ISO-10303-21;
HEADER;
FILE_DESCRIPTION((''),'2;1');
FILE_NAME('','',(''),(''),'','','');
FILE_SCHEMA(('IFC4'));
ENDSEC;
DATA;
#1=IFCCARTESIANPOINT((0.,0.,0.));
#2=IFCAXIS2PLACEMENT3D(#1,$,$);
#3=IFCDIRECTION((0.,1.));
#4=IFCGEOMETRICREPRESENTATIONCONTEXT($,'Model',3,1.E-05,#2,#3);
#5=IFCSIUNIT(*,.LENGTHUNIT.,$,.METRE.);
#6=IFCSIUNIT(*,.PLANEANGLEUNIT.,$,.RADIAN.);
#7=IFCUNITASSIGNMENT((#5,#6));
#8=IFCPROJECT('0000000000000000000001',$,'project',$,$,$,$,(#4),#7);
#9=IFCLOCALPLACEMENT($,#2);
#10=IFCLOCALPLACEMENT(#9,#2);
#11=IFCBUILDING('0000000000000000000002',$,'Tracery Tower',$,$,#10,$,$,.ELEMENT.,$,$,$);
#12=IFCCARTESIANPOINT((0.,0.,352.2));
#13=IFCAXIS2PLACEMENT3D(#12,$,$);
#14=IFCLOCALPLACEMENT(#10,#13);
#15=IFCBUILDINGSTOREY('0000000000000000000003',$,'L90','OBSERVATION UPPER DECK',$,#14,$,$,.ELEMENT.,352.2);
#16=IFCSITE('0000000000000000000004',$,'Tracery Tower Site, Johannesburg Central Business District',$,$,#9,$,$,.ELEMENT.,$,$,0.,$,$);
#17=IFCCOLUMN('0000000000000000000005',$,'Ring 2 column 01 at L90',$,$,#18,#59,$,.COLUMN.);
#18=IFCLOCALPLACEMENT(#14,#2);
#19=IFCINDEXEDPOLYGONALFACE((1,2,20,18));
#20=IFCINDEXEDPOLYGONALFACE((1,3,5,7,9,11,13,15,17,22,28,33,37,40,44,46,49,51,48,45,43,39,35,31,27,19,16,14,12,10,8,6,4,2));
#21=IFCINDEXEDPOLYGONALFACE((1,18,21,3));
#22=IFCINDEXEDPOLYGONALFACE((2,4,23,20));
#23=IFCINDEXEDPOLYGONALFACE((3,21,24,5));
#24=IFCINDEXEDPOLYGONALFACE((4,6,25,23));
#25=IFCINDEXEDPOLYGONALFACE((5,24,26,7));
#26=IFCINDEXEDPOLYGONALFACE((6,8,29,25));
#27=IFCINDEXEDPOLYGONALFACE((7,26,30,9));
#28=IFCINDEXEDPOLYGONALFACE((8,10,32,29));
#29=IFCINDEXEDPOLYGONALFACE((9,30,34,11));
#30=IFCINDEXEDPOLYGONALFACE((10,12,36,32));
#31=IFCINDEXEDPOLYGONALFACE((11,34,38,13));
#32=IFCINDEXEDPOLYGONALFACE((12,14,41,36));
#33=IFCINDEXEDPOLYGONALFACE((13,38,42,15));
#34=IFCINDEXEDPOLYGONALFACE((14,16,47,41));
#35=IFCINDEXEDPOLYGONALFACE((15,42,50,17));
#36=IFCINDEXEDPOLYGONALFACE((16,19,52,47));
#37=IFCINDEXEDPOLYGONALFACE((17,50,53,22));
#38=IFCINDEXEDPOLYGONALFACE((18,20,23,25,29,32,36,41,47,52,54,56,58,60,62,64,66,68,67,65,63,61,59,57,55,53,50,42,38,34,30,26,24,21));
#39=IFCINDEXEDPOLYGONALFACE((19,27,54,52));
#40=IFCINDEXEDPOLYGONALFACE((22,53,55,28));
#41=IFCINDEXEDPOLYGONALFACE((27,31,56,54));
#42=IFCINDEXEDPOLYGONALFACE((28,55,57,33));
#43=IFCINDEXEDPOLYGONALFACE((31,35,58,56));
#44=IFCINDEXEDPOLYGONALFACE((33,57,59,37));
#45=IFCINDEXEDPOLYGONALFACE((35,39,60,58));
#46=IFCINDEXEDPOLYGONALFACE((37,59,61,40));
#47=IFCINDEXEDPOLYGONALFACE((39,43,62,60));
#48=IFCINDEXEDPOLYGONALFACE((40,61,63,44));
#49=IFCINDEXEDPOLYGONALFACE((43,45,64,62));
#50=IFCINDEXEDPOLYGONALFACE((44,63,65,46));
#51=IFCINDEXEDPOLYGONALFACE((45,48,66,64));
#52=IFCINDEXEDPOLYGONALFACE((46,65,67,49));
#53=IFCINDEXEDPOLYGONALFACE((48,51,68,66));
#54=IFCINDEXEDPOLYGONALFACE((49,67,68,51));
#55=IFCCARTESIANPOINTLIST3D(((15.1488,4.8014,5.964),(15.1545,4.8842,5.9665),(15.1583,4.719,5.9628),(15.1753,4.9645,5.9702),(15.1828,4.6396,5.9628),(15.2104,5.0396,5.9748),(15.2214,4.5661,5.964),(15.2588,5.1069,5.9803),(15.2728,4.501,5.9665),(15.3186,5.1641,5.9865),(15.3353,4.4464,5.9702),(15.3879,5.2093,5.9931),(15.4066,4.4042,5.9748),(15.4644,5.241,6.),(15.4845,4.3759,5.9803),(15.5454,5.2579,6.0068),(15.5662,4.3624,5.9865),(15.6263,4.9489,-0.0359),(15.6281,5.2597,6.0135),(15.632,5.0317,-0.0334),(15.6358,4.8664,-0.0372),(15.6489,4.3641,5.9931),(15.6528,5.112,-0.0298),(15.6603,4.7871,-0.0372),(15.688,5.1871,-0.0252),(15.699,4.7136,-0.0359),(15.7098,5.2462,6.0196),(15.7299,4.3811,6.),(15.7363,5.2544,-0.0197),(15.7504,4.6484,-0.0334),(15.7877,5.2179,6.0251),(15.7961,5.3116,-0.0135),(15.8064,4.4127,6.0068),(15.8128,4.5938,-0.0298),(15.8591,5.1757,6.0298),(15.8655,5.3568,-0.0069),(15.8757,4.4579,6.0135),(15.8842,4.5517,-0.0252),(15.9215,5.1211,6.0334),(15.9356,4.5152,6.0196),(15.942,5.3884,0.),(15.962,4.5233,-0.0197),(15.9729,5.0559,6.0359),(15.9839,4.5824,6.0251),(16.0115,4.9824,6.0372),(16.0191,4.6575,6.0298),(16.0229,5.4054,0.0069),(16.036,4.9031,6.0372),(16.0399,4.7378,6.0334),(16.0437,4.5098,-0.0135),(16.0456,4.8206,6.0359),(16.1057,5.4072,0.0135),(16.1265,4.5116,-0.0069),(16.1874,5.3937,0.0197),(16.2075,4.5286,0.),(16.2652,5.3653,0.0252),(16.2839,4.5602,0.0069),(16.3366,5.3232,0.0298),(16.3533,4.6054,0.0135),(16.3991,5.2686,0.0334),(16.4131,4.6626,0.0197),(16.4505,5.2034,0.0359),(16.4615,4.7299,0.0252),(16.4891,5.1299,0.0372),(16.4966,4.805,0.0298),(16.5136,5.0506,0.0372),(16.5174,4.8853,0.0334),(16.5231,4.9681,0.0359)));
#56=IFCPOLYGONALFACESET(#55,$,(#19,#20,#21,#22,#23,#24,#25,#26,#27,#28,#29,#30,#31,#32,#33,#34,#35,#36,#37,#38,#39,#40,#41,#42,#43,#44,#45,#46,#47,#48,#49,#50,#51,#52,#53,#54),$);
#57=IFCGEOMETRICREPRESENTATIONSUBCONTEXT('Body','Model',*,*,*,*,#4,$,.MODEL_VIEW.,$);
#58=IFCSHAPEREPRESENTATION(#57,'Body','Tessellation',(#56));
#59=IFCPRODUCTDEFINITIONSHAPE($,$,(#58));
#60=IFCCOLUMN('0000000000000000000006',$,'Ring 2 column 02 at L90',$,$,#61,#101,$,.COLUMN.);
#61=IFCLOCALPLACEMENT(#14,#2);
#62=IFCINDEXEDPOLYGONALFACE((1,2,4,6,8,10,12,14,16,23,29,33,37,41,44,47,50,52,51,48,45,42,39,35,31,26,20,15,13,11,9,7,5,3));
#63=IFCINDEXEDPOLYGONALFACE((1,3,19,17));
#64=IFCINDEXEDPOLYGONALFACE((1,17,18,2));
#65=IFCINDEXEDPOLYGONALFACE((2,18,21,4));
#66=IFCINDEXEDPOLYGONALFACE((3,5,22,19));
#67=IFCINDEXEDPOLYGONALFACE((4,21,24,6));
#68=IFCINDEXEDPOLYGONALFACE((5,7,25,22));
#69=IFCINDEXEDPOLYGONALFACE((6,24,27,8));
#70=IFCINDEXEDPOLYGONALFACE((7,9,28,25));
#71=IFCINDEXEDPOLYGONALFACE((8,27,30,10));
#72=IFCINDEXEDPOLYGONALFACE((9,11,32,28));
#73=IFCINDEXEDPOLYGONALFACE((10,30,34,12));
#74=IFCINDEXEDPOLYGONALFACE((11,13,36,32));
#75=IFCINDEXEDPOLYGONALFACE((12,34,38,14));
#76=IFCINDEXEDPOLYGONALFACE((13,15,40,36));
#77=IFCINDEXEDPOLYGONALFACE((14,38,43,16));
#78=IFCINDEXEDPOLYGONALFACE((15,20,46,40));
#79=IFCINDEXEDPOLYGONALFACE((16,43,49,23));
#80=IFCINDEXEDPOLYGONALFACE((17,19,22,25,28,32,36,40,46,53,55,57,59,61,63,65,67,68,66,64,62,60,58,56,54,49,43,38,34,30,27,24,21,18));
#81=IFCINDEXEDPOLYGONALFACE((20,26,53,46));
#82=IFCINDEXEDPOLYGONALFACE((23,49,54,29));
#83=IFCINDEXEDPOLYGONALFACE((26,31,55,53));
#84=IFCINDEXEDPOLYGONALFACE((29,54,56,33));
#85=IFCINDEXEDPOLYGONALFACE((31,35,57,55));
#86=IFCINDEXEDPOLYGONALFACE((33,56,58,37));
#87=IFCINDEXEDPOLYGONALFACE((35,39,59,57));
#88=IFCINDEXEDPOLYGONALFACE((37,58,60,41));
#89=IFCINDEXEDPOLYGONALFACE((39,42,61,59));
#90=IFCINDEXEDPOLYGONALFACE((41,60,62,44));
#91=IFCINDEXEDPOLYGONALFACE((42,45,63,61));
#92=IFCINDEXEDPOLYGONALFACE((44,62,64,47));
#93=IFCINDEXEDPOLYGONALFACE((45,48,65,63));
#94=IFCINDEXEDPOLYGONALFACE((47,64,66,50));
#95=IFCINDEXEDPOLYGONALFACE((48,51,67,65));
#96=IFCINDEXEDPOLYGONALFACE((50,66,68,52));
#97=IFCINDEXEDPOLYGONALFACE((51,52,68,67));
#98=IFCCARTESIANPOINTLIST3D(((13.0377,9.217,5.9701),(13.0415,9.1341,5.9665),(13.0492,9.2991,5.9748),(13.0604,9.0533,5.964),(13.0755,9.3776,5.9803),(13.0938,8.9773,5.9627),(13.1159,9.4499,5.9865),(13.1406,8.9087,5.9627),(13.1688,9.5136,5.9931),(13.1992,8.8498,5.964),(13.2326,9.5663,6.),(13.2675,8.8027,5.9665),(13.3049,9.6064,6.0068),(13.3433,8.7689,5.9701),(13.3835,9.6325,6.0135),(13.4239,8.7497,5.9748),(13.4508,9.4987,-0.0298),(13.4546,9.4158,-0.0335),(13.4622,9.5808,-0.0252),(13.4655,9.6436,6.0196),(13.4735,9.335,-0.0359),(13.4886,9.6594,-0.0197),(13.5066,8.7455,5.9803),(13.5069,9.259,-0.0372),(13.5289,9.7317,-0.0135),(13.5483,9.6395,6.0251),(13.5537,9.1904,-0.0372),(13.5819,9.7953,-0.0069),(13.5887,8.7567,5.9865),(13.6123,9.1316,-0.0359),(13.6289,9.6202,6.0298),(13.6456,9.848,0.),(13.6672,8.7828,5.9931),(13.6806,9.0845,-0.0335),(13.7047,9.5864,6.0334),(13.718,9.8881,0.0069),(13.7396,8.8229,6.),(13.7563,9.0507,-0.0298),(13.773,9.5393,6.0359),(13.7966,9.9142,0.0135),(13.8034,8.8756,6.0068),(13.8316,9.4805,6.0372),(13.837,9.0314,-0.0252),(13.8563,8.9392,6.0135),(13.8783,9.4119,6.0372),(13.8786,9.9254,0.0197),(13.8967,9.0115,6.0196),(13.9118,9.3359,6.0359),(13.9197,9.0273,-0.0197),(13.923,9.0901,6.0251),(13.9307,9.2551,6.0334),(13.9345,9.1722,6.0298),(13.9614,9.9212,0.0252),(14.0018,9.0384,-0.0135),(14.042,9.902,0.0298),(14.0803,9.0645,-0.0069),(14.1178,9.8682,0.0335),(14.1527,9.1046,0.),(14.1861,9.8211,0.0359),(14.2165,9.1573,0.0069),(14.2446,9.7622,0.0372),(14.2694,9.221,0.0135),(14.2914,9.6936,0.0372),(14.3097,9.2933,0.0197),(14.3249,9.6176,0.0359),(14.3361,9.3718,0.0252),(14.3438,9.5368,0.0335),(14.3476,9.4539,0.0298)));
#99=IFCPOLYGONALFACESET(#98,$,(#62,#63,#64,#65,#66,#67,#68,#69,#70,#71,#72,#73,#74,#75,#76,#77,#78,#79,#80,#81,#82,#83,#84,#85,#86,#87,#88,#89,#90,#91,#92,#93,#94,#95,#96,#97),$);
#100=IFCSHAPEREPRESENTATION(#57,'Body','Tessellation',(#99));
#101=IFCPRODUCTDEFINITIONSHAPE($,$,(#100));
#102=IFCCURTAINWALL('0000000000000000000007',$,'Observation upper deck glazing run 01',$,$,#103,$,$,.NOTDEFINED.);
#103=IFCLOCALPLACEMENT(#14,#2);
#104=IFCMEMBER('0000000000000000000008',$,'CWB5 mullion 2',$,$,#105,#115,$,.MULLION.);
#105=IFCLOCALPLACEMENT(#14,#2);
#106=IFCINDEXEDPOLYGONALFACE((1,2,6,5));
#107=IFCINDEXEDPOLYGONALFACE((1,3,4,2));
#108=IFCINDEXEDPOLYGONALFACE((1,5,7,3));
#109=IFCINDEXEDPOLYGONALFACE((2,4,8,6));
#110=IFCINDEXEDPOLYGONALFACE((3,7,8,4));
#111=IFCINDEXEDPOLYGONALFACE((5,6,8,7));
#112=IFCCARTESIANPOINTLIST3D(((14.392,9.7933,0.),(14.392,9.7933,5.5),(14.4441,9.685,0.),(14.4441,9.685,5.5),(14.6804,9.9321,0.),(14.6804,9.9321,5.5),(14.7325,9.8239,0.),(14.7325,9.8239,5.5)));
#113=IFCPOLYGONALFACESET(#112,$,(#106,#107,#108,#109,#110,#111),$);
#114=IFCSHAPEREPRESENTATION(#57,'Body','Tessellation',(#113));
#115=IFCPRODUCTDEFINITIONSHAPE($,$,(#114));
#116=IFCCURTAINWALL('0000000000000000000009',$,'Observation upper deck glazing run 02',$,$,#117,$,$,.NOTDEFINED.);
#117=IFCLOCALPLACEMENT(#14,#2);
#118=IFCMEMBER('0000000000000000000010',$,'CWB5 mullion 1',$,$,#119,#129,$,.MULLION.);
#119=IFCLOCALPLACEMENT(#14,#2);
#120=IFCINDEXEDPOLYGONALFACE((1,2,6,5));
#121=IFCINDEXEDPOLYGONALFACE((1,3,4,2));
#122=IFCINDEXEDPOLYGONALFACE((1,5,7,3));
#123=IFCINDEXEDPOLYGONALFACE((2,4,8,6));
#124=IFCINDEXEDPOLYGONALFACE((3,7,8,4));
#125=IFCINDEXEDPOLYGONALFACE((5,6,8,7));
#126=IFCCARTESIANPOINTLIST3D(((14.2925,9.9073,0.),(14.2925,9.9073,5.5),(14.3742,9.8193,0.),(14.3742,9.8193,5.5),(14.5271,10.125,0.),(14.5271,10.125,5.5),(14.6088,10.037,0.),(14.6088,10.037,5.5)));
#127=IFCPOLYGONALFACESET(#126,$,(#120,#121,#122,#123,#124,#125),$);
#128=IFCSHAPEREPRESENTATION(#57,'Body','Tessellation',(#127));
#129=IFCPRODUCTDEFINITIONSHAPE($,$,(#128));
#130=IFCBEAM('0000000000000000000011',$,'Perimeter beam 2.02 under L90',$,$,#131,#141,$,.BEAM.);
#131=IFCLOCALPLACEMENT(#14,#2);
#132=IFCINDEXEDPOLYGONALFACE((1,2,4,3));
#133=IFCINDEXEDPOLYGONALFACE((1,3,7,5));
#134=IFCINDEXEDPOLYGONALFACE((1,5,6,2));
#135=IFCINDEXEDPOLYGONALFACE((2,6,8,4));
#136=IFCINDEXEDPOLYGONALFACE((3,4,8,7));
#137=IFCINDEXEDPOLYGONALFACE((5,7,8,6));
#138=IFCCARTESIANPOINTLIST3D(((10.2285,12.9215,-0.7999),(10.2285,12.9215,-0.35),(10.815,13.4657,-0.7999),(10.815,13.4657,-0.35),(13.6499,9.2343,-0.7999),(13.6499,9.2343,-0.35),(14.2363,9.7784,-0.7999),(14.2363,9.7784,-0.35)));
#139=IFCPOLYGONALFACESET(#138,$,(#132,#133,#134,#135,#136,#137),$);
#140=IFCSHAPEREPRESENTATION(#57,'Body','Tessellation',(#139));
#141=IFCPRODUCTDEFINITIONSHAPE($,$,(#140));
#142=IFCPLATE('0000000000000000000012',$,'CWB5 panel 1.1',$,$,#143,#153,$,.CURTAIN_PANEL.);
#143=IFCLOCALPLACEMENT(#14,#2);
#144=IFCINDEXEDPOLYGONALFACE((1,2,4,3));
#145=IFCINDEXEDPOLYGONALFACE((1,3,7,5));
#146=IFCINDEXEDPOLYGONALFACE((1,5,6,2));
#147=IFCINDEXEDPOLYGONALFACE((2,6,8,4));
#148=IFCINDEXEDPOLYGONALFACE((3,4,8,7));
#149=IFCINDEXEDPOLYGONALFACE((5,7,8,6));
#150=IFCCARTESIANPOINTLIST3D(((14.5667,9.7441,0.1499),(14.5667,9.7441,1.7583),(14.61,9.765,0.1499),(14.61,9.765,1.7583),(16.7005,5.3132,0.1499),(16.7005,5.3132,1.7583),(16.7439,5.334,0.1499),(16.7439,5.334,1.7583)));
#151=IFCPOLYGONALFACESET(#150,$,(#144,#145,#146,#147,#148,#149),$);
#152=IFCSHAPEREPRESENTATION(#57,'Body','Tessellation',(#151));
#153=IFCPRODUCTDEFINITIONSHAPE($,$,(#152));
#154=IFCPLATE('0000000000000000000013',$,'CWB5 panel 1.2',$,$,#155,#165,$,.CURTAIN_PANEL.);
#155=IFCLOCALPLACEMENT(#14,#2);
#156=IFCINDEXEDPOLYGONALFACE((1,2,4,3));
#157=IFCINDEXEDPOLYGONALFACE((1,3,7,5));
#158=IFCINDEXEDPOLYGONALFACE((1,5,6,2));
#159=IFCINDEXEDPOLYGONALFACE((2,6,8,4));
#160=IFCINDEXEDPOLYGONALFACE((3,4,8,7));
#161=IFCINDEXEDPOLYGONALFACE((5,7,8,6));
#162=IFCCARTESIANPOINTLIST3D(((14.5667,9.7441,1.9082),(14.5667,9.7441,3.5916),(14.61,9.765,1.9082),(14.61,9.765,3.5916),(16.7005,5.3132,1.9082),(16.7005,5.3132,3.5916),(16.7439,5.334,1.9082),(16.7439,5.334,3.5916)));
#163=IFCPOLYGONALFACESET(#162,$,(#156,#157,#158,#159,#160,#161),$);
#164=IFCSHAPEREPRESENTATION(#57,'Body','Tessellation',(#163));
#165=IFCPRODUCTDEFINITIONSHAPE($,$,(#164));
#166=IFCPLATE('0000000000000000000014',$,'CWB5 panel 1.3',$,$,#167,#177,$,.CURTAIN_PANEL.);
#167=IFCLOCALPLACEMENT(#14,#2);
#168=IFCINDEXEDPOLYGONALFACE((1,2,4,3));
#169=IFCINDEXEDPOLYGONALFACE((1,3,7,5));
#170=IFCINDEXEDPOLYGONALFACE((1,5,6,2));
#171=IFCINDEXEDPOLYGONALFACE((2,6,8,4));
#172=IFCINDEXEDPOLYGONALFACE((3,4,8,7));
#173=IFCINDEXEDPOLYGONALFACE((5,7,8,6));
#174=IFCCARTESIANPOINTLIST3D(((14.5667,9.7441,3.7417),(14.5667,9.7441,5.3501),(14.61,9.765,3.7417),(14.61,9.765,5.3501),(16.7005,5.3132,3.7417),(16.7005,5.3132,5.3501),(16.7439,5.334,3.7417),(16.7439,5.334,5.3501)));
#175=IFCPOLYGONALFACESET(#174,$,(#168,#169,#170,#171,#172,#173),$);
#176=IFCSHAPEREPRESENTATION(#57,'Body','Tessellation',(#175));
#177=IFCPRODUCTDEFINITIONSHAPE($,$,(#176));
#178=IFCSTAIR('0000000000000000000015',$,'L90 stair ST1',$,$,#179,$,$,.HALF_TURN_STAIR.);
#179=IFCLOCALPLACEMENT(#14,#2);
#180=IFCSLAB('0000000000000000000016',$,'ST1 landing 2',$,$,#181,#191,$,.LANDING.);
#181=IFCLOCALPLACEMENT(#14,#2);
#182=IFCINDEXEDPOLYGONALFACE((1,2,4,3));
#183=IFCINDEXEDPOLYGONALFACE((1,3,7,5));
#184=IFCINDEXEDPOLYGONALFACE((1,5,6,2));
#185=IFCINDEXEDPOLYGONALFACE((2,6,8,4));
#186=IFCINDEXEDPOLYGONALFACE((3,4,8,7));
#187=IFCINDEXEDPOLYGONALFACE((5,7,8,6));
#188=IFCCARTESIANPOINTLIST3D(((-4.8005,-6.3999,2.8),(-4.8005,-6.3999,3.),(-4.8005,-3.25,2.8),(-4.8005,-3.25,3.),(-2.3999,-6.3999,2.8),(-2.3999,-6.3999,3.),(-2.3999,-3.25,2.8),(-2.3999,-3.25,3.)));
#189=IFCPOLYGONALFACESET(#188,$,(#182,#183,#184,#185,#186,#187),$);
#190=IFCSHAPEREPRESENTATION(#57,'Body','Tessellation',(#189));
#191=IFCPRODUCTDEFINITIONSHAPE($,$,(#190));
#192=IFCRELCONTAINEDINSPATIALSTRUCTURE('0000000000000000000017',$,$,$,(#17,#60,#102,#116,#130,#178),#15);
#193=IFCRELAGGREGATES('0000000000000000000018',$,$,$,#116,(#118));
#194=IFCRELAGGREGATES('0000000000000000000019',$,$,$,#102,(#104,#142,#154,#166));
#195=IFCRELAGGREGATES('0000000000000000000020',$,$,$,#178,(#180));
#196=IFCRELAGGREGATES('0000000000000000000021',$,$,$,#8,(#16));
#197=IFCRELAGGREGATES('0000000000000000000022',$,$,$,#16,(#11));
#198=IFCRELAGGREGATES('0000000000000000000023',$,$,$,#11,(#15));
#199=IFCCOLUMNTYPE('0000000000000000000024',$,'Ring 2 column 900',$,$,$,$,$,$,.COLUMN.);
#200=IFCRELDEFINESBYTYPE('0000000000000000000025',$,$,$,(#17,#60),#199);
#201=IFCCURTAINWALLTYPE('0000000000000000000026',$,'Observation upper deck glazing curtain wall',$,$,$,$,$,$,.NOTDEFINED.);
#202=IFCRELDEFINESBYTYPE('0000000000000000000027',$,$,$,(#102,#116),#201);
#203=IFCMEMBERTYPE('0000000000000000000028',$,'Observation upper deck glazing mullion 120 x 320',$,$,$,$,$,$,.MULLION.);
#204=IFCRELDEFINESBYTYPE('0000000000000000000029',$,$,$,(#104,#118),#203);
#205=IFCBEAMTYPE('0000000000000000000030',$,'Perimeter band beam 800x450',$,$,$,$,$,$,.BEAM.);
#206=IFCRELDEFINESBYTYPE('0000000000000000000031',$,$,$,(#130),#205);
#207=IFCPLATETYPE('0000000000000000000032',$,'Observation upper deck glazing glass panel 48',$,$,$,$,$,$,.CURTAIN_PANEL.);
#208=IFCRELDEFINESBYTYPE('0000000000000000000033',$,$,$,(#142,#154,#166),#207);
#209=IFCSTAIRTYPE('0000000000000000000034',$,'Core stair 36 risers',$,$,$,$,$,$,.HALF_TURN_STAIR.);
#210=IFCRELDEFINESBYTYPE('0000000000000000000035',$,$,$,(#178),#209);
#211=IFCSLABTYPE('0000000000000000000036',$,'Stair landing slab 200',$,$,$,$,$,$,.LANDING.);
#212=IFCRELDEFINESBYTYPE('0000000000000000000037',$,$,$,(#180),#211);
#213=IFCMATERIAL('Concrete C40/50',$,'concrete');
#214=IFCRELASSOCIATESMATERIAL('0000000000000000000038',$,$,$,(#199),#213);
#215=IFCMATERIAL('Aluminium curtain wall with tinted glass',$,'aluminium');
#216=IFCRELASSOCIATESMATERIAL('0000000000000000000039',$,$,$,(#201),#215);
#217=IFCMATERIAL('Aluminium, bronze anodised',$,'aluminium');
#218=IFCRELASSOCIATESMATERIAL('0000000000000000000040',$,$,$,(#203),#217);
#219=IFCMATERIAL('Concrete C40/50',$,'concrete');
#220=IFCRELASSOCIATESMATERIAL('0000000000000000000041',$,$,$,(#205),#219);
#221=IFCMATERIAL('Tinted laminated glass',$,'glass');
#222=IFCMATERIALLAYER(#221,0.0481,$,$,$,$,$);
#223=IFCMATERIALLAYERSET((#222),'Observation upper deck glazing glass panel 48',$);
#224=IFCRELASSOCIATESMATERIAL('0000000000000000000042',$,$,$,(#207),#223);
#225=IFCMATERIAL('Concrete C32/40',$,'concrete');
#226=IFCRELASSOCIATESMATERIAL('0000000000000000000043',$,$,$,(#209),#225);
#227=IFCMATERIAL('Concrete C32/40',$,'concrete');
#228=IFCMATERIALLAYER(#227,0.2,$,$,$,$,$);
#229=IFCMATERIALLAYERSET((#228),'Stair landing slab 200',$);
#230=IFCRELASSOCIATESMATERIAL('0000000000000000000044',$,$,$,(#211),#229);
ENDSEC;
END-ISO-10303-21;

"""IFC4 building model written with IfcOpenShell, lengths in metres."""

from ifc_helpers import new_model, si_unit, direction, frame, origin, origin_2d, place, context, subcontext, project, spatial, polyline, rectangle, circle, outline, extrude, material, layer, layer_set, material_profile, profile_set, type_object, element, aggregate, save


model = new_model("IFC4")

# Units and contexts
model_context = context("Model", 3, precision=1e-05, world=origin(), true_north=direction((0.0, 1.0)))
body_context = subcontext(model_context, "Body", "Model", "MODEL_VIEW")
ifc_project = project(units=[si_unit("LENGTHUNIT", "METRE"), si_unit("PLANEANGLEUNIT", "RADIAN")], contexts=[model_context])

# Site, building, storey
site_placement = place(None, origin())
site = spatial("IfcSite", under=ifc_project, at=site_placement, Name="Tracery Tower Site, Johannesburg Central Business District", CompositionType="ELEMENT", RefElevation=0.0)
building_placement = place(site_placement, origin())
building = spatial("IfcBuilding", under=site, at=building_placement, Name="Tracery Tower", CompositionType="ELEMENT")
storey_placement = place(building_placement, frame((0.0, 0.0, 352.2)))
storey = spatial("IfcBuildingStorey", under=building, at=storey_placement, Name="L90", Description="OBSERVATION UPPER DECK", CompositionType="ELEMENT", Elevation=352.2)

# Columns
ifc_material_1 = material(Name="Concrete C40/50", Category="concrete")
ifc_material_profile_1 = material_profile(ifc_material_1, circle(Radius=0.45, at=origin_2d()), Name="RC D900")
ifc_profile_set_1 = profile_set([ifc_material_profile_1], Name="Concrete C40/50")
column_type = type_object("IfcColumnType", Name="Ring 2 column 900", PredefinedType="COLUMN", material=ifc_profile_set_1)
for number, where, z_axis, x_axis, name in (
    (1, (16.0747, 4.9585, 0.0), (-0.079315, -0.024492, 0.996549), (0.295047, -0.955483, 0.0), "Ring 2 column 01 at L90"),
    (2, (13.8992, 9.4763, 0.0), (-0.06861, -0.046794, 0.996546), (0.563458, -0.826145, 0.0), "Ring 2 column 02 at L90"),
):
    element("IfcColumn", number, at=place(storey_placement, frame(where, z_axis=z_axis, x_axis=x_axis)), inside=storey, type_object=column_type, Name=name, PredefinedType="COLUMN", context=body_context, shape_type="SweptSolid", body=[
        extrude(circle(Radius=0.45, at=origin_2d()), origin(), (0.0, 0.0, 1.0), 6.0208),
    ])

# Curtain walls, members
ifc_material_2 = material(Name="Aluminium curtain wall with tinted glass", Category="aluminium")
curtain_wall_type = type_object("IfcCurtainWallType", Name="Observation upper deck glazing curtain wall", PredefinedType="NOTDEFINED", material=ifc_material_2)
curtain_wall_1_placement = place(storey_placement, origin())
curtain_wall_1 = element("IfcCurtainWall", 3, at=curtain_wall_1_placement, inside=storey, type_object=curtain_wall_type, Name="Observation upper deck glazing run 01", PredefinedType="NOTDEFINED")
ifc_material_3 = material(Name="Aluminium, bronze anodised", Category="aluminium")
ifc_material_profile_2 = material_profile(ifc_material_3, rectangle(XDim=0.3201, YDim=0.1201, at=origin_2d()), Name="Observation upper deck glazing mullion 120 x 320")
ifc_profile_set_2 = profile_set([ifc_material_profile_2], Name="Aluminium, bronze anodised")
member_type = type_object("IfcMemberType", Name="Observation upper deck glazing mullion 120 x 320", PredefinedType="MULLION", material=ifc_profile_set_2)
member_1_placement = place(storey_placement, frame((14.5623, 9.8086, 0.0), z_axis=(0.0, 0.0, 1.0), x_axis=(-0.900967, -0.433888, 0.0)))
member_1 = element("IfcMember", 4, at=member_1_placement, type_object=member_type, Name="CWB5 mullion 2", PredefinedType="MULLION", context=body_context, shape_type="SweptSolid", body=[
    extrude(rectangle(XDim=0.3201, YDim=0.1201, at=origin_2d()), origin(), (0.0, 0.0, 1.0), 5.5),
])
curtain_wall_2_placement = place(storey_placement, origin())
curtain_wall_2 = element("IfcCurtainWall", 5, at=curtain_wall_2_placement, inside=storey, type_object=curtain_wall_type, Name="Observation upper deck glazing run 02", PredefinedType="NOTDEFINED")
member_2_placement = place(storey_placement, frame((14.4507, 9.9722, 0.0), z_axis=(0.0, 0.0, 1.0), x_axis=(-0.733057, -0.680168, 0.0)))
member_2 = element("IfcMember", 6, at=member_2_placement, type_object=member_type, Name="CWB5 mullion 1", PredefinedType="MULLION", context=body_context, shape_type="SweptSolid", body=[
    extrude(rectangle(XDim=0.3201, YDim=0.1201, at=origin_2d()), origin(), (0.0, 0.0, 1.0), 5.5),
])
aggregate(curtain_wall_2, [member_2])

# Beam
ifc_material_4 = material(Name="Concrete C40/50", Category="concrete")
ifc_material_profile_3 = material_profile(ifc_material_4, rectangle(XDim=0.8, YDim=0.45, at=origin_2d()), Name="RC 800x450")
ifc_profile_set_3 = profile_set([ifc_material_profile_3], Name="Concrete C40/50")
beam_type = type_object("IfcBeamType", Name="Perimeter band beam 800x450", PredefinedType="BEAM", material=ifc_profile_set_3)
beam_placement = place(storey_placement, frame((13.9431, 9.5063, -0.575), z_axis=(-0.680185, 0.733041, 0.0), x_axis=(-0.733041, -0.680185, 0.0)))
element("IfcBeam", 7, at=beam_placement, inside=storey, type_object=beam_type, Name="Perimeter beam 2.02 under L90", PredefinedType="BEAM", context=body_context, shape_type="SweptSolid", body=[
    extrude(rectangle(XDim=0.8, YDim=0.45, at=origin_2d()), origin(), (0.0, 0.0, 1.0), 5.03),
])

# Plates
ifc_material_5 = material(Name="Tinted laminated glass", Category="glass")
ifc_layer_1 = layer(ifc_material_5, 0.0481)
ifc_layer_set_1 = layer_set([ifc_layer_1], Name="Observation upper deck glazing glass panel 48")
plate_type = type_object("IfcPlateType", Name="Observation upper deck glazing glass panel 48", PredefinedType="CURTAIN_PANEL", material=ifc_layer_set_1)
plate_1_placement = place(storey_placement, frame((15.6553, 7.5391, 0.1499), z_axis=(0.0, 0.0, 1.0), x_axis=(-0.433888, 0.900967, 0.0)))
plate_1 = element("IfcPlate", 8, at=plate_1_placement, type_object=plate_type, Name="CWB5 panel 1.1", PredefinedType="CURTAIN_PANEL", context=body_context, shape_type="SweptSolid", body=[
    extrude(rectangle(XDim=4.918, YDim=0.0481, at=origin_2d()), origin(), (0.0, 0.0, 1.0), 1.6084),
])
plate_2_placement = place(storey_placement, frame((15.6553, 7.5391, 1.9082), z_axis=(0.0, 0.0, 1.0), x_axis=(-0.433888, 0.900967, 0.0)))
plate_2 = element("IfcPlate", 9, at=plate_2_placement, type_object=plate_type, Name="CWB5 panel 1.2", PredefinedType="CURTAIN_PANEL", context=body_context, shape_type="SweptSolid", body=[
    extrude(rectangle(XDim=4.918, YDim=0.0481, at=origin_2d()), origin(), (0.0, 0.0, 1.0), 1.6833),
])
plate_3_placement = place(storey_placement, frame((15.6553, 7.5391, 3.7417), z_axis=(0.0, 0.0, 1.0), x_axis=(-0.433888, 0.900967, 0.0)))
plate_3 = element("IfcPlate", 10, at=plate_3_placement, type_object=plate_type, Name="CWB5 panel 1.3", PredefinedType="CURTAIN_PANEL", context=body_context, shape_type="SweptSolid", body=[
    extrude(rectangle(XDim=4.918, YDim=0.0481, at=origin_2d()), origin(), (0.0, 0.0, 1.0), 1.6084),
])
aggregate(curtain_wall_1, [member_1, plate_1, plate_2, plate_3])

# Stair, slab
ifc_material_6 = material(Name="Concrete C32/40", Category="concrete")
stair_type = type_object("IfcStairType", Name="Core stair 36 risers", PredefinedType="HALF_TURN_STAIR", material=ifc_material_6)
stair_1_placement = place(storey_placement, origin())
stair_1 = element("IfcStair", 11, at=stair_1_placement, inside=storey, type_object=stair_type, Name="L90 stair ST1", PredefinedType="HALF_TURN_STAIR")
ifc_material_7 = material(Name="Concrete C32/40", Category="concrete")
ifc_layer_2 = layer(ifc_material_7, 0.2)
ifc_layer_set_2 = layer_set([ifc_layer_2], Name="Stair landing slab 200")
slab_type = type_object("IfcSlabType", Name="Stair landing slab 200", PredefinedType="LANDING", material=ifc_layer_set_2)
slab_1_placement = place(storey_placement, frame((0.0, 0.0, 2.8)))
slab_1 = element("IfcSlab", 12, at=slab_1_placement, type_object=slab_type, Name="ST1 landing 2", PredefinedType="LANDING", context=body_context, shape_type="SweptSolid", body=[
    extrude(outline(polyline([(-2.3999, -3.25), (-4.8005, -3.25), (-4.8005, -6.3999), (-2.3999, -6.3999), (-2.3999, -3.25)])), origin(), (0.0, 0.0, 1.0), 0.2),
])
aggregate(stair_1, [slab_1])

save(model, "model.ifc")
